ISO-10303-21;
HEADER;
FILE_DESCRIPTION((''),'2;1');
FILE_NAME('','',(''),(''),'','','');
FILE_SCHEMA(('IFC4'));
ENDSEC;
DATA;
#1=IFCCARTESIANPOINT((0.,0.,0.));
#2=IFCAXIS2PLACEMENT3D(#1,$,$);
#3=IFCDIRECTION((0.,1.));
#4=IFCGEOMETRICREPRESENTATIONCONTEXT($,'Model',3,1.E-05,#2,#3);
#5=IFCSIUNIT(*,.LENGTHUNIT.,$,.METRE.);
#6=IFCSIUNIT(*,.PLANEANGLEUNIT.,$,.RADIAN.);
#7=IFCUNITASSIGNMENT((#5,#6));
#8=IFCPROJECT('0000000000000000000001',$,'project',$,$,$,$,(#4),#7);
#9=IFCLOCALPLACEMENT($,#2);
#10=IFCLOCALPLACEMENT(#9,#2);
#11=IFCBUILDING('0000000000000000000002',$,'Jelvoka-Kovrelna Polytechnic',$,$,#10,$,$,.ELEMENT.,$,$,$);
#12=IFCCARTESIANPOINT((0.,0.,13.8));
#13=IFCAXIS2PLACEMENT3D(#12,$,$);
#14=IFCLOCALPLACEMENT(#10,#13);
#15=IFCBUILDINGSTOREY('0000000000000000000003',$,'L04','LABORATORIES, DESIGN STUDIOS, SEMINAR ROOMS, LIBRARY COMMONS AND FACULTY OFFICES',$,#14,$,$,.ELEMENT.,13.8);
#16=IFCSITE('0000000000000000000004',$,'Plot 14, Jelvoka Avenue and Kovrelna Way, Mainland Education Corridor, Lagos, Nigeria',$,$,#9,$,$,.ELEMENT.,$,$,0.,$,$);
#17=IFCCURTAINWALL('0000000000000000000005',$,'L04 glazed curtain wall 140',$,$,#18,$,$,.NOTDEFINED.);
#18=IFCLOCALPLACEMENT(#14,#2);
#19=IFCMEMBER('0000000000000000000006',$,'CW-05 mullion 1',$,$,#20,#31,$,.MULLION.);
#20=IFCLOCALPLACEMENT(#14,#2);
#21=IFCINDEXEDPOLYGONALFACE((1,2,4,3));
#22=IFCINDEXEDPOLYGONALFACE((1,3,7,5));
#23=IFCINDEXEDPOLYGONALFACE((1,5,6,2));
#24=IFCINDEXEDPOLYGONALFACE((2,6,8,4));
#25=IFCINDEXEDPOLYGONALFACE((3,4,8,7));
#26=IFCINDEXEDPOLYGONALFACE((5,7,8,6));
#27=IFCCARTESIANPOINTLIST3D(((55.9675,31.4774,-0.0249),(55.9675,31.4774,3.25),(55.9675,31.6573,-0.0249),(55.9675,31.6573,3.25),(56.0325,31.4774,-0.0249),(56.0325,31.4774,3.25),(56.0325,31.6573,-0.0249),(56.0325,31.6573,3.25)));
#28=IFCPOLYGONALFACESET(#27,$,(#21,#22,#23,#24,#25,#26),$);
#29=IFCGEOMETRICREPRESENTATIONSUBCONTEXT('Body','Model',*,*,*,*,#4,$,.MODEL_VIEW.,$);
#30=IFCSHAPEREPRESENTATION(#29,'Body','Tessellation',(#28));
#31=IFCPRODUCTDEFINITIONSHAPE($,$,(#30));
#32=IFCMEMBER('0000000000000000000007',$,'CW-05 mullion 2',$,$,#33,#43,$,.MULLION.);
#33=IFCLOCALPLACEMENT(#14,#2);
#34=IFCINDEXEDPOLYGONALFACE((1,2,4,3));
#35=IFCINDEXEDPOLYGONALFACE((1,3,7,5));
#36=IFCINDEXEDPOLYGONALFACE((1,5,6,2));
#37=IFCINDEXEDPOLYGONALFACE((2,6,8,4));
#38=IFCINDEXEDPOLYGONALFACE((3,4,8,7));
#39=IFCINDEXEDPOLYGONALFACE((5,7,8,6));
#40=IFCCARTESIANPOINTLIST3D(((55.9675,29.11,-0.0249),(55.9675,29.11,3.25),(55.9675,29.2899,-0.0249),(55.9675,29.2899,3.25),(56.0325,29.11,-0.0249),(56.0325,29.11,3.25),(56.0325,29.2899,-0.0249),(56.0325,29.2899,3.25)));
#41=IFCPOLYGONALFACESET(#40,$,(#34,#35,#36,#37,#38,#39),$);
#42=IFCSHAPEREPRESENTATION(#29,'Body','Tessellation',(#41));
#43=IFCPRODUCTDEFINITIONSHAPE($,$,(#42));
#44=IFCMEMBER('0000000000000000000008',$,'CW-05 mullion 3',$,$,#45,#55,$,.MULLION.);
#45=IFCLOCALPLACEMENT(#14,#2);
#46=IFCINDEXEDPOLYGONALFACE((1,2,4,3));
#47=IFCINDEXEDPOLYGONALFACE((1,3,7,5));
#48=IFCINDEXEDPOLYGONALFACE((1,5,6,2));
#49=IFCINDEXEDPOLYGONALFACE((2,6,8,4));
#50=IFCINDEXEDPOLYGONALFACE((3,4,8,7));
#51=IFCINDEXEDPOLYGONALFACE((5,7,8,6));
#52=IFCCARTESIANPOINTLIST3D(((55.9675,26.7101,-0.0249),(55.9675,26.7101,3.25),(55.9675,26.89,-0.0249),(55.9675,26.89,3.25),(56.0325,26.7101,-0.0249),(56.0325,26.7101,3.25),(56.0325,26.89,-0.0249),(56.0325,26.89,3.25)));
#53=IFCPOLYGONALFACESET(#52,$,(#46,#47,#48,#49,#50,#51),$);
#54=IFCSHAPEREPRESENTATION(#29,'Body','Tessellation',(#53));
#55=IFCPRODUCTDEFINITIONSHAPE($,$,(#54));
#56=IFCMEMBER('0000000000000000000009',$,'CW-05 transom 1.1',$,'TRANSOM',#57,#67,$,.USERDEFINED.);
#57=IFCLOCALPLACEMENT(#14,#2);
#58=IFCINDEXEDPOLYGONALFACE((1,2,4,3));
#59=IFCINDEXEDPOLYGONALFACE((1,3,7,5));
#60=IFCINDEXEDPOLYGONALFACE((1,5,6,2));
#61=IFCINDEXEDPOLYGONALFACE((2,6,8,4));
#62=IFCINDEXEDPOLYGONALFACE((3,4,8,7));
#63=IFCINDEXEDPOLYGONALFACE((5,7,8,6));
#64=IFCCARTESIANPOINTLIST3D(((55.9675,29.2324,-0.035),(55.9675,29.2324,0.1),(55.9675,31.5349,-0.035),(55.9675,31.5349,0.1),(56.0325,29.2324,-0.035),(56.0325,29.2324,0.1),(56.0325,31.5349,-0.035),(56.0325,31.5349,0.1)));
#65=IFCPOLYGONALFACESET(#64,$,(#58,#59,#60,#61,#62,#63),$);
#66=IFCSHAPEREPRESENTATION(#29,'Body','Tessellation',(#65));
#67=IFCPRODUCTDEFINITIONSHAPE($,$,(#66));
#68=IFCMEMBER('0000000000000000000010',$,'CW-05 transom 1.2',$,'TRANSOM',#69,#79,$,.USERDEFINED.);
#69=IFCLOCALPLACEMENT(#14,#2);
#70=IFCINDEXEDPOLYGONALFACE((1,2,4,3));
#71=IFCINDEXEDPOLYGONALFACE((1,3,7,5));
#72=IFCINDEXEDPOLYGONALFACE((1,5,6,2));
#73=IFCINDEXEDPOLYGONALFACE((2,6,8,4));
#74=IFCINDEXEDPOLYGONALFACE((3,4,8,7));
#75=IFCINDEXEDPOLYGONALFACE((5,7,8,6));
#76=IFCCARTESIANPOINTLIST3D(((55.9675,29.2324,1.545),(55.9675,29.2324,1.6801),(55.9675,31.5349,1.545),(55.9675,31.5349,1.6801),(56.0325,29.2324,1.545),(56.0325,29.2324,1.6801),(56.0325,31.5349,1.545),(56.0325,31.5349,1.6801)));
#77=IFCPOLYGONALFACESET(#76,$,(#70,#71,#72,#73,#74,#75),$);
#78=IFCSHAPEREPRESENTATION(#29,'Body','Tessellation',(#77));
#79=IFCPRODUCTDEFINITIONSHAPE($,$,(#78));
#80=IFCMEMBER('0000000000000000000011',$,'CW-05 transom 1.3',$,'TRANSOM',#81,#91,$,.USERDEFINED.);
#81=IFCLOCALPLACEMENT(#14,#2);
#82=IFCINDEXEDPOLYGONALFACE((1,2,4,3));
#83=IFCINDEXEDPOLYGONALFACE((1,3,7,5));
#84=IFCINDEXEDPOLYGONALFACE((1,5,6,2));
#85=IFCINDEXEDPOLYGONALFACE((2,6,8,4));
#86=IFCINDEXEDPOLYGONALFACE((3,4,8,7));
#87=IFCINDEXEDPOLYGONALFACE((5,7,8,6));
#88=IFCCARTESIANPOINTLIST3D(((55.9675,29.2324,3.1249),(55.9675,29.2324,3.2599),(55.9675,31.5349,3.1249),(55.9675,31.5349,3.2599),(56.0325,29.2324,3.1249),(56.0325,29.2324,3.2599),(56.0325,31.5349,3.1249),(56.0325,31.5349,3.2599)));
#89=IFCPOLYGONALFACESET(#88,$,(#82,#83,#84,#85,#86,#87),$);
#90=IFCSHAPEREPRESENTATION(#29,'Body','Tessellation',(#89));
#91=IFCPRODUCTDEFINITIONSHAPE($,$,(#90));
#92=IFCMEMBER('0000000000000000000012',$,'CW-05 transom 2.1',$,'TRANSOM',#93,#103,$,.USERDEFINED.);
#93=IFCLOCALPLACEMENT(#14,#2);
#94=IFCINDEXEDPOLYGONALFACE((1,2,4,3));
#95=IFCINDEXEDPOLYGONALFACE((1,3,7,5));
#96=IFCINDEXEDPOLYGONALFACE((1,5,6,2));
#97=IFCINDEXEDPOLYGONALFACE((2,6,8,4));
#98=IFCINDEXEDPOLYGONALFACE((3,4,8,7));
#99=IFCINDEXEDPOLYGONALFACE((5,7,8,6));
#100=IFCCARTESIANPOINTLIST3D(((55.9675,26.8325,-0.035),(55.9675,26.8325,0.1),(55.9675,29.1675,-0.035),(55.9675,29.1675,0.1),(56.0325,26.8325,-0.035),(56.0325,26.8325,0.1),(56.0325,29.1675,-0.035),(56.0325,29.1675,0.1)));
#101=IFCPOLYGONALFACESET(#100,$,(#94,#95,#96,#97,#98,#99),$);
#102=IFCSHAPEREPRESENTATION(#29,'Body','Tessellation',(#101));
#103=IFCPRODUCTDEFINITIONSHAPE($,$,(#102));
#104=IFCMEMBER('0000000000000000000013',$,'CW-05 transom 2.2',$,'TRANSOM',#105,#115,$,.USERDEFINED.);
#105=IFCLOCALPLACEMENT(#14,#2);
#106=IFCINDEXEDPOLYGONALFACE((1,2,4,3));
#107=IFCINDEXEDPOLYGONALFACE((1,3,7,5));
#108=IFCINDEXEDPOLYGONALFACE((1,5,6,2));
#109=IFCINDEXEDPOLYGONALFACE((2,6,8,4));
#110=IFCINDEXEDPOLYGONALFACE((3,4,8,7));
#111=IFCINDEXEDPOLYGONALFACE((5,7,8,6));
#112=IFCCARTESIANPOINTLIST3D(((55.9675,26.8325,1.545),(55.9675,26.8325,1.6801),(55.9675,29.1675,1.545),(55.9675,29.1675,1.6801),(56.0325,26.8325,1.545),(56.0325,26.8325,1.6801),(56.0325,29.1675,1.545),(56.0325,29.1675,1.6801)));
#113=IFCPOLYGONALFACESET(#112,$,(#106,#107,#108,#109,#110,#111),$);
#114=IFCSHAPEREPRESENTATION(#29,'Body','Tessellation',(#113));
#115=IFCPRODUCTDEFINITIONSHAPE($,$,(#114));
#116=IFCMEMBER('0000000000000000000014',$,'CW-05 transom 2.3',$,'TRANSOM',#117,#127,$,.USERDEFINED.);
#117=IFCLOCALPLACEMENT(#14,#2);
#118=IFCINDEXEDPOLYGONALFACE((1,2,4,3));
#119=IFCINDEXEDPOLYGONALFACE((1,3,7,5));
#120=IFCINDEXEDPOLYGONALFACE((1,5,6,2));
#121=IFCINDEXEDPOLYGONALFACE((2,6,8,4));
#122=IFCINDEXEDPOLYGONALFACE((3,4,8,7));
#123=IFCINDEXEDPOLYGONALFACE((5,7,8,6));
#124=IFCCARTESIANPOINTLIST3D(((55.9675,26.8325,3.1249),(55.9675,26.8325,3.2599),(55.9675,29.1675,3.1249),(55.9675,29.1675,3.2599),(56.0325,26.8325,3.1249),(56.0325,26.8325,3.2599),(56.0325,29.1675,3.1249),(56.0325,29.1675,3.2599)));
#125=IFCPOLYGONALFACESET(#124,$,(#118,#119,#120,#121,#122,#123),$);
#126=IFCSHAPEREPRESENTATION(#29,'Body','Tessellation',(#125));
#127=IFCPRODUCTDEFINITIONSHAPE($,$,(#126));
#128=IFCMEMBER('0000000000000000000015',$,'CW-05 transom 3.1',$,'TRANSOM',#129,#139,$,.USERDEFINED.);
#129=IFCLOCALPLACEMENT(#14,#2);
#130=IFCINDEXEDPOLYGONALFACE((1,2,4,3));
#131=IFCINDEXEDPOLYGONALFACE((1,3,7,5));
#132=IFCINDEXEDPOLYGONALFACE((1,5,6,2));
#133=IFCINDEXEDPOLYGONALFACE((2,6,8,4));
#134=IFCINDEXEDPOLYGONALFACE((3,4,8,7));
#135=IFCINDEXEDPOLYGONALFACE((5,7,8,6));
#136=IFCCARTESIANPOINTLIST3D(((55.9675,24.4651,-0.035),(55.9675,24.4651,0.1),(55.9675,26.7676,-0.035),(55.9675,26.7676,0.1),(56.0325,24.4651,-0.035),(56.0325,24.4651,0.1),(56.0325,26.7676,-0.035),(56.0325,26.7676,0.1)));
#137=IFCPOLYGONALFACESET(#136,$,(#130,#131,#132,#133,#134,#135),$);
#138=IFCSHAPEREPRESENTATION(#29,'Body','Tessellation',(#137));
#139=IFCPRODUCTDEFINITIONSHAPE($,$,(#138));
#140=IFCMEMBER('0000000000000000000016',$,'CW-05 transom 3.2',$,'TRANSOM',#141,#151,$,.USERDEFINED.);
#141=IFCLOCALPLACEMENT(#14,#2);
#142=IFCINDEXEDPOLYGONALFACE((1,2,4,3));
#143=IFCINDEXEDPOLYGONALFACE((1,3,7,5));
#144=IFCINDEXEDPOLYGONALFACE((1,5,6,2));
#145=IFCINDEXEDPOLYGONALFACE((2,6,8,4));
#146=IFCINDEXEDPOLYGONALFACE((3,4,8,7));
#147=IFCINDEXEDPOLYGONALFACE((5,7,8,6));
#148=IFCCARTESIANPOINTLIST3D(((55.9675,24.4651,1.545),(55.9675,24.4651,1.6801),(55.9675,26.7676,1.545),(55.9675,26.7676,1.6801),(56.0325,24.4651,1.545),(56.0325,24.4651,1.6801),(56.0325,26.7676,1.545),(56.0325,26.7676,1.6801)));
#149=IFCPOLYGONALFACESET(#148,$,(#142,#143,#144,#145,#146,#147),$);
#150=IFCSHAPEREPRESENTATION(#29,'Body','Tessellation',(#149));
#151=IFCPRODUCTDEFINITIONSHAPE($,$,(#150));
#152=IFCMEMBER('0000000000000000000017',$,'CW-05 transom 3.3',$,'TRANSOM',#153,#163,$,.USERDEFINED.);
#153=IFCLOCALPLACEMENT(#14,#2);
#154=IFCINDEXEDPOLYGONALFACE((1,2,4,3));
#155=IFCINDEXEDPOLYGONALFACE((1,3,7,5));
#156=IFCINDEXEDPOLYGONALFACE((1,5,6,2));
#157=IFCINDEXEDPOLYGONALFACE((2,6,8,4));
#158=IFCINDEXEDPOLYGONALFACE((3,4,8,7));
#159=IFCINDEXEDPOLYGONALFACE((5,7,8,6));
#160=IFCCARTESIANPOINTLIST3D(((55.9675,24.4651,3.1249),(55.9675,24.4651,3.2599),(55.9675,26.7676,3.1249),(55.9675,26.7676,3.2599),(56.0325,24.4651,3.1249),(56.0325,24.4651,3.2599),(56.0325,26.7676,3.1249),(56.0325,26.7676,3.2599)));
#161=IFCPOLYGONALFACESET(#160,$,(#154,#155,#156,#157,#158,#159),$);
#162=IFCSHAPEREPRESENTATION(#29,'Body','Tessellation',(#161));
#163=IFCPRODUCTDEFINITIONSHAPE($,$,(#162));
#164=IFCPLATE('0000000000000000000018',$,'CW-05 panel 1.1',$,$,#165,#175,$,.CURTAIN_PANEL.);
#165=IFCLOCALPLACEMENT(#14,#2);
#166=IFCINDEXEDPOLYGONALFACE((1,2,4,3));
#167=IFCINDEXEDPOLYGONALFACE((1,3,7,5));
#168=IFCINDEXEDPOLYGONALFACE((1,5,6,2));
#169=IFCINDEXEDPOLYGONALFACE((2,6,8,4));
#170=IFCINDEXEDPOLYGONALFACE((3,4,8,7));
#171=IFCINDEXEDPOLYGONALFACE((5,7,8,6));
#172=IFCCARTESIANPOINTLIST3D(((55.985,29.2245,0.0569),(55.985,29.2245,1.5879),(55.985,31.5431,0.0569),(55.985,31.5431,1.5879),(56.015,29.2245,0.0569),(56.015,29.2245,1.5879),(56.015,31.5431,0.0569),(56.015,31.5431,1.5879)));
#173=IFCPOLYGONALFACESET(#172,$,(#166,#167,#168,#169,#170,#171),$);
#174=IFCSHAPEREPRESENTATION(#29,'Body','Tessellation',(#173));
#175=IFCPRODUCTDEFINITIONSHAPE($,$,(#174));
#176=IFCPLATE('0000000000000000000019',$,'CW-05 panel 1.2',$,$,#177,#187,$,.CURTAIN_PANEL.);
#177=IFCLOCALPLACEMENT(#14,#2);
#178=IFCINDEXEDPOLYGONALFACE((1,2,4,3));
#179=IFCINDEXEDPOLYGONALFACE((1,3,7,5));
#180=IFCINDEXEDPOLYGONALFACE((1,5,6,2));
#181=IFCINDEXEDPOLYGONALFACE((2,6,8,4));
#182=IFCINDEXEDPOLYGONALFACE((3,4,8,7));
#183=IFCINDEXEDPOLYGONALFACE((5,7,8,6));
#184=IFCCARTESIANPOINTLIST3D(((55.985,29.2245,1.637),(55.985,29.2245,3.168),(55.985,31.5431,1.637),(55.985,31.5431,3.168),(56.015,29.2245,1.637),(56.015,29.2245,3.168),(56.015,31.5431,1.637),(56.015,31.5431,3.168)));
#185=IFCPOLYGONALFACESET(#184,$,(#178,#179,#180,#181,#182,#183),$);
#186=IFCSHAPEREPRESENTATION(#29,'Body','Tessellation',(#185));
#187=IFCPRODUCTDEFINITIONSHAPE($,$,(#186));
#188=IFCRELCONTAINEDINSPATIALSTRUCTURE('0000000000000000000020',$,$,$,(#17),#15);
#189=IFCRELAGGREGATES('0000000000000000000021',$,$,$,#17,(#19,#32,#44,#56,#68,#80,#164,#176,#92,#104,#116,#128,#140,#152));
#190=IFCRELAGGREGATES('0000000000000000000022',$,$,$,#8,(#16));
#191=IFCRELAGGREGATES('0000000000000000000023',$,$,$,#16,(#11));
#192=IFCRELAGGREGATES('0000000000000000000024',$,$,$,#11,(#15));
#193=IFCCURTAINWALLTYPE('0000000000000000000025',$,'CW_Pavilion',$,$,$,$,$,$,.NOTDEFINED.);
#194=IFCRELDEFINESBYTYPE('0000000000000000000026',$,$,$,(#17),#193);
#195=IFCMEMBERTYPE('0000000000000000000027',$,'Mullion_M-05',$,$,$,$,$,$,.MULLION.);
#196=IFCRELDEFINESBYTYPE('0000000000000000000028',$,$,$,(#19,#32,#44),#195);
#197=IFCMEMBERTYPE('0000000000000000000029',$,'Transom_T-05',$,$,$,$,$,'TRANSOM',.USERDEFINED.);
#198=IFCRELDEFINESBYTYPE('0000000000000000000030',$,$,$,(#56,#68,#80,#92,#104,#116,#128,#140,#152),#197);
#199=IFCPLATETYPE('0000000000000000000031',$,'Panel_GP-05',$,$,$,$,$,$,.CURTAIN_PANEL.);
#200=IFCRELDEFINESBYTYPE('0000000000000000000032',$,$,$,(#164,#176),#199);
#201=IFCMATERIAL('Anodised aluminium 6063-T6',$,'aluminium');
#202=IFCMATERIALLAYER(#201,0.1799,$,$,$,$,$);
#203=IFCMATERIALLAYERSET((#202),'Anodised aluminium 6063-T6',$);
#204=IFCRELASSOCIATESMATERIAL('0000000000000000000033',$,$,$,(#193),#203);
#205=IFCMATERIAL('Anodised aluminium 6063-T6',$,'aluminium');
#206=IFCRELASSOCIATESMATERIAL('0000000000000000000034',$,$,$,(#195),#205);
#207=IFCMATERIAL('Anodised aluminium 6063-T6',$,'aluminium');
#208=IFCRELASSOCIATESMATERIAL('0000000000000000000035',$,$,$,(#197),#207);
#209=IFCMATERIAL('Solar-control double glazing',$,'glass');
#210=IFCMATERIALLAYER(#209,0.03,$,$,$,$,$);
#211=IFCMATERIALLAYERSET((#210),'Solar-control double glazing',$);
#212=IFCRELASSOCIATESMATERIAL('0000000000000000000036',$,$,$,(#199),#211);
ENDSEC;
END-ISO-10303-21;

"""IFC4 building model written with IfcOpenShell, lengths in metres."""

from ifc_helpers import new_model, si_unit, direction, frame, origin, origin_2d, place, context, subcontext, project, spatial, rectangle, extrude, material, layer, layer_set, material_profile, profile_set, type_object, element, aggregate, save


model = new_model("IFC4")

# Units and contexts
model_context = context("Model", 3, precision=1e-05, world=origin(), true_north=direction((0.0, 1.0)))
body_context = subcontext(model_context, "Body", "Model", "MODEL_VIEW")
ifc_project = project(units=[si_unit("LENGTHUNIT", "METRE"), si_unit("PLANEANGLEUNIT", "RADIAN")], contexts=[model_context])

# Site, building, storey
site_placement = place(None, origin())
site = spatial("IfcSite", under=ifc_project, at=site_placement, Name="Plot 14, Jelvoka Avenue and Kovrelna Way, Mainland Education Corridor, Lagos, Nigeria", CompositionType="ELEMENT", RefElevation=0.0)
building_placement = place(site_placement, origin())
building = spatial("IfcBuilding", under=site, at=building_placement, Name="Jelvoka-Kovrelna Polytechnic", CompositionType="ELEMENT")
storey_placement = place(building_placement, frame((0.0, 0.0, 13.8)))
storey = spatial("IfcBuildingStorey", under=building, at=storey_placement, Name="L04", Description="LABORATORIES, DESIGN STUDIOS, SEMINAR ROOMS, LIBRARY COMMONS AND FACULTY OFFICES", CompositionType="ELEMENT", Elevation=13.8)

# Curtain wall, members, plates
ifc_material_1 = material(Name="Anodised aluminium 6063-T6", Category="aluminium")
ifc_layer_1 = layer(ifc_material_1, 0.1799)
ifc_layer_set_1 = layer_set([ifc_layer_1], Name="Anodised aluminium 6063-T6")
curtain_wall_type = type_object("IfcCurtainWallType", Name="CW_Pavilion", PredefinedType="NOTDEFINED", material=ifc_layer_set_1)
curtain_wall_placement = place(storey_placement, origin())
curtain_wall = element("IfcCurtainWall", 1, at=curtain_wall_placement, inside=storey, type_object=curtain_wall_type, Name="L04 glazed curtain wall 140", PredefinedType="NOTDEFINED")
ifc_material_2 = material(Name="Anodised aluminium 6063-T6", Category="aluminium")
ifc_material_profile_1 = material_profile(ifc_material_2, rectangle(XDim=0.0649, YDim=0.1799, at=origin_2d()), Name="ALU 65x180")
ifc_profile_set_1 = profile_set([ifc_material_profile_1], Name="Anodised aluminium 6063-T6")
member_type_1 = type_object("IfcMemberType", Name="Mullion_M-05", PredefinedType="MULLION", material=ifc_profile_set_1)
member_1_placement = place(storey_placement, frame((56.0, 31.5674, -0.0249), z_axis=(0.0, 0.0, 1.0), x_axis=(1.0, 0.0, 0.0)))
member_1 = element("IfcMember", 2, at=member_1_placement, type_object=member_type_1, Name="CW-05 mullion 1", PredefinedType="MULLION", context=body_context, shape_type="SweptSolid", body=[
    extrude(rectangle(XDim=0.0649, YDim=0.1799, at=origin_2d()), origin(), (0.0, 0.0, 1.0), 3.2749),
])
member_2_placement = place(storey_placement, frame((56.0, 29.2, -0.0249), z_axis=(0.0, 0.0, 1.0), x_axis=(1.0, 0.0, 0.0)))
member_2 = element("IfcMember", 3, at=member_2_placement, type_object=member_type_1, Name="CW-05 mullion 2", PredefinedType="MULLION", context=body_context, shape_type="SweptSolid", body=[
    extrude(rectangle(XDim=0.0649, YDim=0.1799, at=origin_2d()), origin(), (0.0, 0.0, 1.0), 3.2749),
])
member_3_placement = place(storey_placement, frame((56.0, 26.8, -0.0249), z_axis=(0.0, 0.0, 1.0), x_axis=(1.0, 0.0, 0.0)))
member_3 = element("IfcMember", 4, at=member_3_placement, type_object=member_type_1, Name="CW-05 mullion 3", PredefinedType="MULLION", context=body_context, shape_type="SweptSolid", body=[
    extrude(rectangle(XDim=0.0649, YDim=0.1799, at=origin_2d()), origin(), (0.0, 0.0, 1.0), 3.2749),
])
ifc_material_3 = material(Name="Anodised aluminium 6063-T6", Category="aluminium")
ifc_material_profile_2 = material_profile(ifc_material_3, rectangle(XDim=0.0649, YDim=0.135, at=origin_2d()), Name="ALU 65x135")
ifc_profile_set_2 = profile_set([ifc_material_profile_2], Name="Anodised aluminium 6063-T6")
member_type_2 = type_object("IfcMemberType", Name="Transom_T-05", ElementType="TRANSOM", PredefinedType="USERDEFINED", material=ifc_profile_set_2)
member_4_placement = place(storey_placement, frame((56.0, 31.5349, 0.0325), z_axis=(0.0, -1.0, 0.0), x_axis=(1.0, 0.0, 0.0)))
member_4 = element("IfcMember", 5, at=member_4_placement, type_object=member_type_2, Name="CW-05 transom 1.1", ObjectType="TRANSOM", PredefinedType="USERDEFINED", context=body_context, shape_type="SweptSolid", body=[
    extrude(rectangle(XDim=0.0649, YDim=0.135, at=origin_2d()), origin(), (0.0, 0.0, 1.0), 2.3025),
])
member_5_placement = place(storey_placement, frame((56.0, 31.5349, 1.6125), z_axis=(0.0, -1.0, 0.0), x_axis=(1.0, 0.0, 0.0)))
member_5 = element("IfcMember", 6, at=member_5_placement, type_object=member_type_2, Name="CW-05 transom 1.2", ObjectType="TRANSOM", PredefinedType="USERDEFINED", context=body_context, shape_type="SweptSolid", body=[
    extrude(rectangle(XDim=0.0649, YDim=0.135, at=origin_2d()), origin(), (0.0, 0.0, 1.0), 2.3025),
])
member_6_placement = place(storey_placement, frame((56.0, 31.5349, 3.1924), z_axis=(0.0, -1.0, 0.0), x_axis=(1.0, 0.0, 0.0)))
member_6 = element("IfcMember", 7, at=member_6_placement, type_object=member_type_2, Name="CW-05 transom 1.3", ObjectType="TRANSOM", PredefinedType="USERDEFINED", context=body_context, shape_type="SweptSolid", body=[
    extrude(rectangle(XDim=0.0649, YDim=0.135, at=origin_2d()), origin(), (0.0, 0.0, 1.0), 2.3025),
])
member_7_placement = place(storey_placement, frame((56.0, 29.1675, 0.0325), z_axis=(0.0, -1.0, 0.0), x_axis=(1.0, 0.0, 0.0)))
member_7 = element("IfcMember", 8, at=member_7_placement, type_object=member_type_2, Name="CW-05 transom 2.1", ObjectType="TRANSOM", PredefinedType="USERDEFINED", context=body_context, shape_type="SweptSolid", body=[
    extrude(rectangle(XDim=0.0649, YDim=0.135, at=origin_2d()), origin(), (0.0, 0.0, 1.0), 2.335),
])
member_8_placement = place(storey_placement, frame((56.0, 29.1675, 1.6125), z_axis=(0.0, -1.0, 0.0), x_axis=(1.0, 0.0, 0.0)))
member_8 = element("IfcMember", 9, at=member_8_placement, type_object=member_type_2, Name="CW-05 transom 2.2", ObjectType="TRANSOM", PredefinedType="USERDEFINED", context=body_context, shape_type="SweptSolid", body=[
    extrude(rectangle(XDim=0.0649, YDim=0.135, at=origin_2d()), origin(), (0.0, 0.0, 1.0), 2.335),
])
member_9_placement = place(storey_placement, frame((56.0, 29.1675, 3.1924), z_axis=(0.0, -1.0, 0.0), x_axis=(1.0, 0.0, 0.0)))
member_9 = element("IfcMember", 10, at=member_9_placement, type_object=member_type_2, Name="CW-05 transom 2.3", ObjectType="TRANSOM", PredefinedType="USERDEFINED", context=body_context, shape_type="SweptSolid", body=[
    extrude(rectangle(XDim=0.0649, YDim=0.135, at=origin_2d()), origin(), (0.0, 0.0, 1.0), 2.335),
])
member_10_placement = place(storey_placement, frame((56.0, 26.7676, 0.0325), z_axis=(0.0, -1.0, 0.0), x_axis=(1.0, 0.0, 0.0)))
member_10 = element("IfcMember", 11, at=member_10_placement, type_object=member_type_2, Name="CW-05 transom 3.1", ObjectType="TRANSOM", PredefinedType="USERDEFINED", context=body_context, shape_type="SweptSolid", body=[
    extrude(rectangle(XDim=0.0649, YDim=0.135, at=origin_2d()), origin(), (0.0, 0.0, 1.0), 2.3025),
])
member_11_placement = place(storey_placement, frame((56.0, 26.7676, 1.6125), z_axis=(0.0, -1.0, 0.0), x_axis=(1.0, 0.0, 0.0)))
member_11 = element("IfcMember", 12, at=member_11_placement, type_object=member_type_2, Name="CW-05 transom 3.2", ObjectType="TRANSOM", PredefinedType="USERDEFINED", context=body_context, shape_type="SweptSolid", body=[
    extrude(rectangle(XDim=0.0649, YDim=0.135, at=origin_2d()), origin(), (0.0, 0.0, 1.0), 2.3025),
])
member_12_placement = place(storey_placement, frame((56.0, 26.7676, 3.1924), z_axis=(0.0, -1.0, 0.0), x_axis=(1.0, 0.0, 0.0)))
member_12 = element("IfcMember", 13, at=member_12_placement, type_object=member_type_2, Name="CW-05 transom 3.3", ObjectType="TRANSOM", PredefinedType="USERDEFINED", context=body_context, shape_type="SweptSolid", body=[
    extrude(rectangle(XDim=0.0649, YDim=0.135, at=origin_2d()), origin(), (0.0, 0.0, 1.0), 2.3025),
])
ifc_material_4 = material(Name="Solar-control double glazing", Category="glass")
ifc_layer_2 = layer(ifc_material_4, 0.03)
ifc_layer_set_2 = layer_set([ifc_layer_2], Name="Solar-control double glazing")
plate_type = type_object("IfcPlateType", Name="Panel_GP-05", PredefinedType="CURTAIN_PANEL", material=ifc_layer_set_2)
plate_1_placement = place(storey_placement, frame((56.0, 30.3838, 0.0569), z_axis=(0.0, 0.0, 1.0), x_axis=(0.0, -1.0, 0.0)))
plate_1 = element("IfcPlate", 14, at=plate_1_placement, type_object=plate_type, Name="CW-05 panel 1.1", PredefinedType="CURTAIN_PANEL", context=body_context, shape_type="SweptSolid", body=[
    extrude(rectangle(XDim=2.3186, YDim=0.03, at=origin_2d()), origin(), (0.0, 0.0, 1.0), 1.531),
])
plate_2_placement = place(storey_placement, frame((56.0, 30.3838, 1.637), z_axis=(0.0, 0.0, 1.0), x_axis=(0.0, -1.0, 0.0)))
plate_2 = element("IfcPlate", 15, at=plate_2_placement, type_object=plate_type, Name="CW-05 panel 1.2", PredefinedType="CURTAIN_PANEL", context=body_context, shape_type="SweptSolid", body=[
    extrude(rectangle(XDim=2.3186, YDim=0.03, at=origin_2d()), origin(), (0.0, 0.0, 1.0), 1.531),
])
aggregate(curtain_wall, [member_1, member_2, member_3, member_4, member_5, member_6, plate_1, plate_2, member_7, member_8, member_9, member_10, member_11, member_12])

save(model, "model.ifc")
